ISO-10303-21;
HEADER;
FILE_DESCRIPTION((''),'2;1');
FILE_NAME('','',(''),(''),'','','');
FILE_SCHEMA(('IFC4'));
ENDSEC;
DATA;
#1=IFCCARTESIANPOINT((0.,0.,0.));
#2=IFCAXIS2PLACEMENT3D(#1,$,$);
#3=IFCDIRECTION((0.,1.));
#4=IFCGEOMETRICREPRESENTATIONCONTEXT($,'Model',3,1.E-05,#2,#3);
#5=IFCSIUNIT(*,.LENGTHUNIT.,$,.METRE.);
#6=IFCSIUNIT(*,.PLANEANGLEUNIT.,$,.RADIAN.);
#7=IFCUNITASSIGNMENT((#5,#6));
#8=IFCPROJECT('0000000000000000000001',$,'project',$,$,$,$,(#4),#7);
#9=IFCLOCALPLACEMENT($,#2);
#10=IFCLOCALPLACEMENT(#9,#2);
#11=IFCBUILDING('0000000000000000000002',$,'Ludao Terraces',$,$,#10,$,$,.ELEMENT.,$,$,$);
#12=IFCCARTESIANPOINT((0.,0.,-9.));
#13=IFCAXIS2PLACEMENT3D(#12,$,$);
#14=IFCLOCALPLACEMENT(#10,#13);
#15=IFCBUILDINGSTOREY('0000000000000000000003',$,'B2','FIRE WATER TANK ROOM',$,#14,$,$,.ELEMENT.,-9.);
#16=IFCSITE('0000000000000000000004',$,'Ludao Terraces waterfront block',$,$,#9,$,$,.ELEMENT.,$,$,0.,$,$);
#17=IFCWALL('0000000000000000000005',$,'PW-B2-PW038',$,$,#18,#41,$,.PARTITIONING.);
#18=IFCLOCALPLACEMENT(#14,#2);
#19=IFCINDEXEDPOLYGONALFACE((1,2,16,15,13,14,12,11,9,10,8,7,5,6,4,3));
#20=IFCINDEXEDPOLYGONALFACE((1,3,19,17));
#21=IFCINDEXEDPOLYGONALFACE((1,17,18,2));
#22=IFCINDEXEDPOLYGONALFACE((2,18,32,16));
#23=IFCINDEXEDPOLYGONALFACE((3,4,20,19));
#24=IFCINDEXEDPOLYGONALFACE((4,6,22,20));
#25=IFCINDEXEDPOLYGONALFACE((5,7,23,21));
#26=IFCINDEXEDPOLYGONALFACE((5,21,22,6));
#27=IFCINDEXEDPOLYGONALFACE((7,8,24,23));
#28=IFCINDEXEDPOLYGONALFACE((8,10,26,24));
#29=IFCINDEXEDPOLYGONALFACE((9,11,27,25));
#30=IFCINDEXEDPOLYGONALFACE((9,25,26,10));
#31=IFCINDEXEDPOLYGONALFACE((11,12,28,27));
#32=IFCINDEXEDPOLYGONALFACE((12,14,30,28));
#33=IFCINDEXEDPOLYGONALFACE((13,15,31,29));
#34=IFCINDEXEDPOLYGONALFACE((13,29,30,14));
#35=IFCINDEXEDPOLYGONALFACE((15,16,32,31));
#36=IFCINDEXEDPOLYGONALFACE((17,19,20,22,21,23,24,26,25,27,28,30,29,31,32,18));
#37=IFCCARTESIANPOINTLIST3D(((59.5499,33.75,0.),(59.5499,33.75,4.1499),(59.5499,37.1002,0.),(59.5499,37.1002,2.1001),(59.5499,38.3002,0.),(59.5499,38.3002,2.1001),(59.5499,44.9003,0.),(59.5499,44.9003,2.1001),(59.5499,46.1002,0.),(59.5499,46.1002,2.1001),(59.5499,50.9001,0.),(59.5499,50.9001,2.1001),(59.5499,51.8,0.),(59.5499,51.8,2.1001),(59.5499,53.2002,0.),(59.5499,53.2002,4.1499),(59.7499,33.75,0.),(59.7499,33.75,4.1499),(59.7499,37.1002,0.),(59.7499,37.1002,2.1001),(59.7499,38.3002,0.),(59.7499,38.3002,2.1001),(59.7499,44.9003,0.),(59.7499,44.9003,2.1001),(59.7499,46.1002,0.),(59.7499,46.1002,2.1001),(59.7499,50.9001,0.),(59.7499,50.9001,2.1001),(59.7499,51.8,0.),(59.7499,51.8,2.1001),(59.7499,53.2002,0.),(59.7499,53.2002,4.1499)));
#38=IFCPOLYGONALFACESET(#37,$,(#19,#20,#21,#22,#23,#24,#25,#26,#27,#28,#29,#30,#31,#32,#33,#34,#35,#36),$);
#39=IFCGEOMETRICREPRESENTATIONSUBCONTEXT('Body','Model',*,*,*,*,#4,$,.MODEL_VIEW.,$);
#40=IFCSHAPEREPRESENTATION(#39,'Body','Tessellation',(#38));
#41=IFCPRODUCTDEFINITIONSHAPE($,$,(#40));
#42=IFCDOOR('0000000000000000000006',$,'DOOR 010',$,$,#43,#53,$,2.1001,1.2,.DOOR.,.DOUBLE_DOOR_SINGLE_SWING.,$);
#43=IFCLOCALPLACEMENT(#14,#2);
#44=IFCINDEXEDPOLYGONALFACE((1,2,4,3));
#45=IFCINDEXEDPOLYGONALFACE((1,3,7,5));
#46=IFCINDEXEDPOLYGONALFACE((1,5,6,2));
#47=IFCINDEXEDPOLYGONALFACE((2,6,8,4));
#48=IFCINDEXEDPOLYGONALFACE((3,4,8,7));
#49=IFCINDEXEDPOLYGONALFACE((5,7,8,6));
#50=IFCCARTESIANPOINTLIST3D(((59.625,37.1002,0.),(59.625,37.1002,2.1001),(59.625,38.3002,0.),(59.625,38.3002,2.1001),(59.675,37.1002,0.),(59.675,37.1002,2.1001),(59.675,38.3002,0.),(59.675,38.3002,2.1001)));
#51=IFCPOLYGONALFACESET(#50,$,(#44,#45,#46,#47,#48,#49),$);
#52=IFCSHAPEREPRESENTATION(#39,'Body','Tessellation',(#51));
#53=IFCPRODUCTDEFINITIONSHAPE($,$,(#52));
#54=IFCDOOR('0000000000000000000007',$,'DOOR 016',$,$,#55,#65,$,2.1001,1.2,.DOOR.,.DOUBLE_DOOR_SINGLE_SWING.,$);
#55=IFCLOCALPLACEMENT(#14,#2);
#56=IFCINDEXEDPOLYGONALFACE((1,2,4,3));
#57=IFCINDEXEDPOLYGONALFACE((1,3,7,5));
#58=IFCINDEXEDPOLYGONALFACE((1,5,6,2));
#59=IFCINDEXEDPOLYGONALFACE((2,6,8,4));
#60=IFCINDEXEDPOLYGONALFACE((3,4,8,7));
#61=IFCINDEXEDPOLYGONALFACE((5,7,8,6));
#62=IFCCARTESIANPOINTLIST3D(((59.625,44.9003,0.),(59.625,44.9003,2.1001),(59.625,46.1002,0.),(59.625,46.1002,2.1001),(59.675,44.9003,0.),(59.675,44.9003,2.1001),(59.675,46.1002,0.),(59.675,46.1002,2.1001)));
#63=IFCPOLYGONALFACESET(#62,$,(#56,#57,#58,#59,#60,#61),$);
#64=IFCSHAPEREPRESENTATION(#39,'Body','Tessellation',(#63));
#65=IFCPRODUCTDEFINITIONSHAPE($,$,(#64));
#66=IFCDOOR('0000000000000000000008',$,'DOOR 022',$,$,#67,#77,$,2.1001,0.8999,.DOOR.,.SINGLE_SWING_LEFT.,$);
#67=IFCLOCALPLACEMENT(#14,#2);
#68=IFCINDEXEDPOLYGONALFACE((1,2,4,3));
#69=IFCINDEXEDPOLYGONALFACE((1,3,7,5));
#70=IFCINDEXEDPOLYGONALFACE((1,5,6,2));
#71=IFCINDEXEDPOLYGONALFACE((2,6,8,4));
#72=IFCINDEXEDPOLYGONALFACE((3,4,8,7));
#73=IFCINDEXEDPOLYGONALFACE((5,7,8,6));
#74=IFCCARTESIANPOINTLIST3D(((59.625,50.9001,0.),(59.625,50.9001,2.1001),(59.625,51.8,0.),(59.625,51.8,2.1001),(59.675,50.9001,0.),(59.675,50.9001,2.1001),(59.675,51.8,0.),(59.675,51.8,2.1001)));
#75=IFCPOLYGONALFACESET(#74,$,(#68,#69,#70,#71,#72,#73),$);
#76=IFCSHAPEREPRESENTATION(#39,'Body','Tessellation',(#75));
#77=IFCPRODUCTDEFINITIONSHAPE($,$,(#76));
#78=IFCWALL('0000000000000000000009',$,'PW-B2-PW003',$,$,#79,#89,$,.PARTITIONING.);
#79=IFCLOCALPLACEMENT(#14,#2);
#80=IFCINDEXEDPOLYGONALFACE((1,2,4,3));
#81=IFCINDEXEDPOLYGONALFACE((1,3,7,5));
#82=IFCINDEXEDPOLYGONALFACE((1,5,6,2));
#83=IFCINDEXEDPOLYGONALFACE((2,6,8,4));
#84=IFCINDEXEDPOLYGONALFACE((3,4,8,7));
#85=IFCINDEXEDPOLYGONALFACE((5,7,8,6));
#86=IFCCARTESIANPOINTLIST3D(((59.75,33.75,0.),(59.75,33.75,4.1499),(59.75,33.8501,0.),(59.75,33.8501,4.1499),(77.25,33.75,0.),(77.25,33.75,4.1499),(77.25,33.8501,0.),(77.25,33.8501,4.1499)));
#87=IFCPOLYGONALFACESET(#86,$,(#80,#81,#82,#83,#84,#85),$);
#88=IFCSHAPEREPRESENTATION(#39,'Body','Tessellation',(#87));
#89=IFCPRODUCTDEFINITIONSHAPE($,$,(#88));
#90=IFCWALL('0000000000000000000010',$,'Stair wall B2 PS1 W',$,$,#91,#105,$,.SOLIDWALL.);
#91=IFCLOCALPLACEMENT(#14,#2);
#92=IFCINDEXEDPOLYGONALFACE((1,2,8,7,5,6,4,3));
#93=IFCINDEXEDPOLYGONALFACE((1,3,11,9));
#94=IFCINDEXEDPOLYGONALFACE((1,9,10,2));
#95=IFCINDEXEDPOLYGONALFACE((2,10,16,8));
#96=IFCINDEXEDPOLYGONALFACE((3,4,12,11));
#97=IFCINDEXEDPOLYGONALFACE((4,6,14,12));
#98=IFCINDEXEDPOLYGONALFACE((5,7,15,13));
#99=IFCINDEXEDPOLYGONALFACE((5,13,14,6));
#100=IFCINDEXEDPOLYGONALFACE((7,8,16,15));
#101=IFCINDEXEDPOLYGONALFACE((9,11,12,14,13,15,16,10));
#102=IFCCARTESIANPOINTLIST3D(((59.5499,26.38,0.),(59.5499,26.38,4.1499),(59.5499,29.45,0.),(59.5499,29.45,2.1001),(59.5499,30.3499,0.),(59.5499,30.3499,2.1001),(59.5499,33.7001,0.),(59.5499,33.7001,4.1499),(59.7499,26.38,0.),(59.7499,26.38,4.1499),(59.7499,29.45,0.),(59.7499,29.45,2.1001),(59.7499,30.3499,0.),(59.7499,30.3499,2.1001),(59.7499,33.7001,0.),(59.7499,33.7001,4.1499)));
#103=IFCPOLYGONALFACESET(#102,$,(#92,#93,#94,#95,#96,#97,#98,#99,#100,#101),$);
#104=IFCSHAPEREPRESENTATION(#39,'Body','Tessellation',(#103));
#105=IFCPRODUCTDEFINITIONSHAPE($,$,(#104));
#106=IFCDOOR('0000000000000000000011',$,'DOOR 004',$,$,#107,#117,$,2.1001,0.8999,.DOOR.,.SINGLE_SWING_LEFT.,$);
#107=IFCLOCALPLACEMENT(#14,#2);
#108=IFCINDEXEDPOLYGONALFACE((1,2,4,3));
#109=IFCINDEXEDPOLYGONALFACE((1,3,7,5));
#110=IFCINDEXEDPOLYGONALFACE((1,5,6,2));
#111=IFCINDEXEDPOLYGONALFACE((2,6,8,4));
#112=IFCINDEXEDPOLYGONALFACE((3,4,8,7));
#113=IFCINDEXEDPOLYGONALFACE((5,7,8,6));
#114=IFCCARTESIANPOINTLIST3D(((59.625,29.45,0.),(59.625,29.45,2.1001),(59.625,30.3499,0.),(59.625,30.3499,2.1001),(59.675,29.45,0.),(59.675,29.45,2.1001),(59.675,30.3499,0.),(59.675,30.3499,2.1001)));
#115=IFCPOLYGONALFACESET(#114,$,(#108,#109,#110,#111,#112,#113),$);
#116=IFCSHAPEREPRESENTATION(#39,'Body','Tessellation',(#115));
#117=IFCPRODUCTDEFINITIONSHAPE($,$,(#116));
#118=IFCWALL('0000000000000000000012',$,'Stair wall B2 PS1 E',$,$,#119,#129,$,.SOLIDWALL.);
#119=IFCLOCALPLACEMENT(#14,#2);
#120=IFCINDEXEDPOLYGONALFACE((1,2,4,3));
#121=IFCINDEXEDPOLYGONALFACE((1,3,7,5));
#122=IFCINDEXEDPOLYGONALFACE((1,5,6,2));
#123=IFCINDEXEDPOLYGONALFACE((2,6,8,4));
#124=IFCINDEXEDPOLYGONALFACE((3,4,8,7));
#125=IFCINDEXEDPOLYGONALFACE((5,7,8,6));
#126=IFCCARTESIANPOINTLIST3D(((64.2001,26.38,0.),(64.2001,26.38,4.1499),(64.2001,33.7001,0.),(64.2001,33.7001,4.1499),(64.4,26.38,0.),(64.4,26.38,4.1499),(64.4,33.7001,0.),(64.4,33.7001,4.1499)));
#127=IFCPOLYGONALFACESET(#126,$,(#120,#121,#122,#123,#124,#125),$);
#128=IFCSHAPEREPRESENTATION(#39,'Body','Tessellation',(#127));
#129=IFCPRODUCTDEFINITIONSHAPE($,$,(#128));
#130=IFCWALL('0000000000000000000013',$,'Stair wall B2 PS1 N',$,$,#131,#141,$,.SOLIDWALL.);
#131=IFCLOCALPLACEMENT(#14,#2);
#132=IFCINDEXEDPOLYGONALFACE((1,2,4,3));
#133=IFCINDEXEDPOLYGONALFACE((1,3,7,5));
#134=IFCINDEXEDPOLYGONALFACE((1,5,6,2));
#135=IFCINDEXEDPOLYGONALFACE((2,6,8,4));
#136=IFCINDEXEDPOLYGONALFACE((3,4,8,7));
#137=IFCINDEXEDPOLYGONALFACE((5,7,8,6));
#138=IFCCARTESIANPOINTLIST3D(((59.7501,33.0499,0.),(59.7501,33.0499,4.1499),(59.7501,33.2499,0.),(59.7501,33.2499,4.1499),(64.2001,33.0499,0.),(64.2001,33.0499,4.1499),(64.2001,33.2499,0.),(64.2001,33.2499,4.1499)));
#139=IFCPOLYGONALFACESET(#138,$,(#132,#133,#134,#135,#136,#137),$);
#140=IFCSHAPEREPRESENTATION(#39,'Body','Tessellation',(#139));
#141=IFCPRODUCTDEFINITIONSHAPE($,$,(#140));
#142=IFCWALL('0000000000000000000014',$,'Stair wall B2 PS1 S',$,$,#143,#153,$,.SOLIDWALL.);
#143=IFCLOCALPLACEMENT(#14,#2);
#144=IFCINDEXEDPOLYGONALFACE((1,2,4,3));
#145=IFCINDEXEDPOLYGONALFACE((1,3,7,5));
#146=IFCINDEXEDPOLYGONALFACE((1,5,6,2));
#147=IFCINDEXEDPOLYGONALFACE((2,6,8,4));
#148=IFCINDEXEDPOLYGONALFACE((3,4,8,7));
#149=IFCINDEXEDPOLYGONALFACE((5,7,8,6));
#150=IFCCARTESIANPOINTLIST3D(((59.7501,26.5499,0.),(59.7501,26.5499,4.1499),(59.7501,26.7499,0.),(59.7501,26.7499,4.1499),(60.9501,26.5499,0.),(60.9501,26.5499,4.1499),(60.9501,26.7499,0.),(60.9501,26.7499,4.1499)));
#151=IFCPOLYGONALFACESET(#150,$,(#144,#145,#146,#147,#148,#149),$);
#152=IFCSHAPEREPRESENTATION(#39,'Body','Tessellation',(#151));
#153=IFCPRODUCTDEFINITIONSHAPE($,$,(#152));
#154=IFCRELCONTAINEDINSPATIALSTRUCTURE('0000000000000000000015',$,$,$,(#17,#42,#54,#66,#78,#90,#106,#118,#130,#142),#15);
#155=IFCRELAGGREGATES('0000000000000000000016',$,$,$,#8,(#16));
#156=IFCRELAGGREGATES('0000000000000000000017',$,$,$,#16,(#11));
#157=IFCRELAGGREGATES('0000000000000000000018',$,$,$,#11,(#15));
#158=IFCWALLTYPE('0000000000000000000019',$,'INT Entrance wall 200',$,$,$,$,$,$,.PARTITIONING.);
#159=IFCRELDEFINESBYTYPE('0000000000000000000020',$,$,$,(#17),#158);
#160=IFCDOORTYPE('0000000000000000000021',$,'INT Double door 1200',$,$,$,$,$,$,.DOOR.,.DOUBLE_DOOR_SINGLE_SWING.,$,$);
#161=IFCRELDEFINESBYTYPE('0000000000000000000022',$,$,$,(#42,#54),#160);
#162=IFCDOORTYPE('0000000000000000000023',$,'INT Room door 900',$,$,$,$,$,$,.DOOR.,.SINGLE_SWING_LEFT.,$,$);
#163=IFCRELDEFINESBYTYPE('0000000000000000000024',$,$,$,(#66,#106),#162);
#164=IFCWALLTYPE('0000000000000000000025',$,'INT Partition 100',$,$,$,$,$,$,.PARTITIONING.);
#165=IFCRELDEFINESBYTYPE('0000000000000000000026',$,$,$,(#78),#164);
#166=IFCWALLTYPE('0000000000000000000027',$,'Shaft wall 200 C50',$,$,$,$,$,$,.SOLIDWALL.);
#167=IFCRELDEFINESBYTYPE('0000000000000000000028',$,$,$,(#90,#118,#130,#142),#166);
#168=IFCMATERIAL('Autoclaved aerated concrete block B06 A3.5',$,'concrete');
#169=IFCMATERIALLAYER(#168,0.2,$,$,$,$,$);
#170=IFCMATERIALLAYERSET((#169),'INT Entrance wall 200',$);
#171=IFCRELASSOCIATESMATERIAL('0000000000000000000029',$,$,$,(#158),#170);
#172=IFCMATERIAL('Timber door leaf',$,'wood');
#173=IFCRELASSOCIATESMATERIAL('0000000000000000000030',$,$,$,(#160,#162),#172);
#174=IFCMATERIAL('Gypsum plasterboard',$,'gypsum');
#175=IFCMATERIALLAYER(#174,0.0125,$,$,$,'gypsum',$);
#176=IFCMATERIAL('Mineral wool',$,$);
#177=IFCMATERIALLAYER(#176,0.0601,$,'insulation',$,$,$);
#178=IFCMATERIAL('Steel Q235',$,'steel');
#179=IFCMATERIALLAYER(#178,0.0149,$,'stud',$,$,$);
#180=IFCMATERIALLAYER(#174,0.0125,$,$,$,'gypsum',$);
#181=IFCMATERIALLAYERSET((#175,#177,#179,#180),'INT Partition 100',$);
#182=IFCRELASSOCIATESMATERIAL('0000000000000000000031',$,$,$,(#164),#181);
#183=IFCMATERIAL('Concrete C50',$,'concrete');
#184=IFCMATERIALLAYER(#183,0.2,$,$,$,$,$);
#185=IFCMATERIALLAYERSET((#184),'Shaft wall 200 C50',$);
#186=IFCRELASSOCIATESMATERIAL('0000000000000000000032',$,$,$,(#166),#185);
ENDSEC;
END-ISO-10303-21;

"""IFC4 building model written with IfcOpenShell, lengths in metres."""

from ifc_helpers import new_model, si_unit, direction, frame, frame_2d, origin, place, context, subcontext, project, spatial, rectangle, extrude, material, layer, layer_set, type_object, element, fill, save


model = new_model("IFC4")

# Units and contexts
model_context = context("Model", 3, precision=1e-05, world=origin(), true_north=direction((0.0, 1.0)))
body_context = subcontext(model_context, "Body", "Model", "MODEL_VIEW")
ifc_project = project(units=[si_unit("LENGTHUNIT", "METRE"), si_unit("PLANEANGLEUNIT", "RADIAN")], contexts=[model_context])

# Site, building, storey
site_placement = place(None, origin())
site = spatial("IfcSite", under=ifc_project, at=site_placement, Name="Ludao Terraces waterfront block", CompositionType="ELEMENT", RefElevation=0.0)
building_placement = place(site_placement, origin())
building = spatial("IfcBuilding", under=site, at=building_placement, Name="Ludao Terraces", CompositionType="ELEMENT")
storey_placement = place(building_placement, frame((0.0, 0.0, -9.0)))
storey = spatial("IfcBuildingStorey", under=building, at=storey_placement, Name="B2", Description="FIRE WATER TANK ROOM", CompositionType="ELEMENT", Elevation=-9.0)

# Wall, openings, doors
ifc_material_1 = material(Name="Autoclaved aerated concrete block B06 A3.5", Category="concrete")
ifc_layer_1 = layer(ifc_material_1, 0.2)
ifc_layer_set_1 = layer_set([ifc_layer_1], Name="INT Entrance wall 200")
wall_type_1 = type_object("IfcWallType", Name="INT Entrance wall 200", PredefinedType="PARTITIONING", material=ifc_layer_set_1)
wall_1_placement = place(storey_placement, frame((59.6499, 33.75, 0.0), z_axis=(0.0, 0.0, 1.0), x_axis=(0.0, 1.0, 0.0)))
wall_1 = element("IfcWall", 1, at=wall_1_placement, inside=storey, type_object=wall_type_1, Name="PW-B2-PW038", PredefinedType="PARTITIONING", context=body_context, shape_type="SweptSolid", body=[
    extrude(rectangle(XDim=19.4502, YDim=0.2, at=frame_2d((9.7251, 0.0))), origin(), (0.0, 0.0, 1.0), 4.1499),
])
opening_1_placement = place(wall_1_placement, frame((3.3501, 0.0, 0.0)))
opening_1 = element("IfcOpeningElement", 2, at=opening_1_placement, cuts=wall_1, PredefinedType="OPENING", context=body_context, shape_type="SweptSolid", body=[
    extrude(rectangle(XDim=1.2, YDim=2.1001, at=frame_2d((0.6001, 1.05))), frame((0.0, 0.1099, 0.0), z_axis=(0.0, -1.0, 0.0), x_axis=(1.0, 0.0, 0.0)), (0.0, 0.0, 1.0), 0.22),
])
opening_2_placement = place(wall_1_placement, frame((11.1501, 0.0, 0.0)))
opening_2 = element("IfcOpeningElement", 3, at=opening_2_placement, cuts=wall_1, PredefinedType="OPENING", context=body_context, shape_type="SweptSolid", body=[
    extrude(rectangle(XDim=1.2, YDim=2.1001, at=frame_2d((0.6001, 1.05))), frame((0.0, 0.1099, 0.0), z_axis=(0.0, -1.0, 0.0), x_axis=(1.0, 0.0, 0.0)), (0.0, 0.0, 1.0), 0.22),
])
opening_3_placement = place(wall_1_placement, frame((17.1501, 0.0, 0.0)))
opening_3 = element("IfcOpeningElement", 4, at=opening_3_placement, cuts=wall_1, PredefinedType="OPENING", context=body_context, shape_type="SweptSolid", body=[
    extrude(rectangle(XDim=0.8999, YDim=2.1001, at=frame_2d((0.45, 1.05))), frame((0.0, 0.1099, 0.0), z_axis=(0.0, -1.0, 0.0), x_axis=(1.0, 0.0, 0.0)), (0.0, 0.0, 1.0), 0.22),
])
ifc_material_2 = material(Name="Timber door leaf", Category="wood")
door_type_1 = type_object("IfcDoorType", Name="INT Double door 1200", OperationType="DOUBLE_DOOR_SINGLE_SWING", PredefinedType="DOOR", material=ifc_material_2)
door_1_placement = place(opening_1_placement, origin())
door_1 = element("IfcDoor", 5, at=door_1_placement, inside=storey, type_object=door_type_1, Name="DOOR 010", OperationType="DOUBLE_DOOR_SINGLE_SWING", OverallHeight=2.1001, OverallWidth=1.2, PredefinedType="DOOR", context=body_context, shape_type="SweptSolid", body=[
    extrude(rectangle(XDim=1.2, YDim=2.1001, at=frame_2d((0.6001, 1.05))), frame((0.0, 0.0249, 0.0), z_axis=(0.0, -1.0, 0.0), x_axis=(1.0, 0.0, 0.0)), (0.0, 0.0, 1.0), 0.05),
])
fill(opening_1, door_1)
door_2_placement = place(opening_2_placement, origin())
door_2 = element("IfcDoor", 6, at=door_2_placement, inside=storey, type_object=door_type_1, Name="DOOR 016", OperationType="DOUBLE_DOOR_SINGLE_SWING", OverallHeight=2.1001, OverallWidth=1.2, PredefinedType="DOOR", context=body_context, shape_type="SweptSolid", body=[
    extrude(rectangle(XDim=1.2, YDim=2.1001, at=frame_2d((0.6001, 1.05))), frame((0.0, 0.0249, 0.0), z_axis=(0.0, -1.0, 0.0), x_axis=(1.0, 0.0, 0.0)), (0.0, 0.0, 1.0), 0.05),
])
fill(opening_2, door_2)
door_type_2 = type_object("IfcDoorType", Name="INT Room door 900", OperationType="SINGLE_SWING_LEFT", PredefinedType="DOOR", material=ifc_material_2)
door_3_placement = place(opening_3_placement, origin())
door_3 = element("IfcDoor", 7, at=door_3_placement, inside=storey, type_object=door_type_2, Name="DOOR 022", OperationType="SINGLE_SWING_LEFT", OverallHeight=2.1001, OverallWidth=0.8999, PredefinedType="DOOR", context=body_context, shape_type="SweptSolid", body=[
    extrude(rectangle(XDim=0.8999, YDim=2.1001, at=frame_2d((0.45, 1.05))), frame((0.0, 0.0249, 0.0), z_axis=(0.0, -1.0, 0.0), x_axis=(1.0, 0.0, 0.0)), (0.0, 0.0, 1.0), 0.05),
])
fill(opening_3, door_3)

# Wall
ifc_material_3 = material(Name="Gypsum plasterboard", Category="gypsum")
ifc_layer_2 = layer(ifc_material_3, 0.0125, Category="gypsum")
ifc_material_4 = material(Name="Mineral wool")
ifc_layer_3 = layer(ifc_material_4, 0.0601, Name="insulation")
ifc_material_5 = material(Name="Steel Q235", Category="steel")
ifc_layer_4 = layer(ifc_material_5, 0.0149, Name="stud")
ifc_layer_5 = layer(ifc_material_3, 0.0125, Category="gypsum")
ifc_layer_set_2 = layer_set([ifc_layer_2, ifc_layer_3, ifc_layer_4, ifc_layer_5], Name="INT Partition 100")
wall_type_2 = type_object("IfcWallType", Name="INT Partition 100", PredefinedType="PARTITIONING", material=ifc_layer_set_2)
wall_2_placement = place(storey_placement, frame((59.75, 33.8, 0.0), z_axis=(0.0, 0.0, 1.0), x_axis=(1.0, 0.0, 0.0)))
element("IfcWall", 8, at=wall_2_placement, inside=storey, type_object=wall_type_2, Name="PW-B2-PW003", PredefinedType="PARTITIONING", context=body_context, shape_type="SweptSolid", body=[
    extrude(rectangle(XDim=17.5, YDim=0.1001, at=frame_2d((8.75, 0.0))), origin(), (0.0, 0.0, 1.0), 4.1499),
])

# Wall, opening, door
ifc_material_6 = material(Name="Concrete C50", Category="concrete")
ifc_layer_6 = layer(ifc_material_6, 0.2)
ifc_layer_set_3 = layer_set([ifc_layer_6], Name="Shaft wall 200 C50")
wall_type_3 = type_object("IfcWallType", Name="Shaft wall 200 C50", PredefinedType="SOLIDWALL", material=ifc_layer_set_3)
wall_3_placement = place(storey_placement, frame((59.6499, 26.3799, 0.0), z_axis=(0.0, 0.0, 1.0), x_axis=(0.0, 1.0, 0.0)))
wall_3 = element("IfcWall", 9, at=wall_3_placement, inside=storey, type_object=wall_type_3, Name="Stair wall B2 PS1 W", PredefinedType="SOLIDWALL", context=body_context, shape_type="SweptSolid", body=[
    extrude(rectangle(XDim=7.3201, YDim=0.2, at=frame_2d((3.6602, 0.0))), origin(), (0.0, 0.0, 1.0), 4.1499),
])
opening_4_placement = place(wall_3_placement, frame((3.0701, 0.0, 0.0)))
opening_4 = element("IfcOpeningElement", 10, at=opening_4_placement, cuts=wall_3, PredefinedType="OPENING", context=body_context, shape_type="SweptSolid", body=[
    extrude(rectangle(XDim=0.8999, YDim=2.1001, at=frame_2d((0.45, 1.05))), frame((0.0, 0.1099, 0.0), z_axis=(0.0, -1.0, 0.0), x_axis=(1.0, 0.0, 0.0)), (0.0, 0.0, 1.0), 0.22),
])
door_4_placement = place(opening_4_placement, origin())
door_4 = element("IfcDoor", 11, at=door_4_placement, inside=storey, type_object=door_type_2, Name="DOOR 004", OperationType="SINGLE_SWING_LEFT", OverallHeight=2.1001, OverallWidth=0.8999, PredefinedType="DOOR", context=body_context, shape_type="SweptSolid", body=[
    extrude(rectangle(XDim=0.8999, YDim=2.1001, at=frame_2d((0.45, 1.05))), frame((0.0, 0.0249, 0.0), z_axis=(0.0, -1.0, 0.0), x_axis=(1.0, 0.0, 0.0)), (0.0, 0.0, 1.0), 0.05),
])
fill(opening_4, door_4)

# Walls
wall_4_placement = place(storey_placement, frame((64.3, 26.3799, 0.0), z_axis=(0.0, 0.0, 1.0), x_axis=(0.0, 1.0, 0.0)))
element("IfcWall", 12, at=wall_4_placement, inside=storey, type_object=wall_type_3, Name="Stair wall B2 PS1 E", PredefinedType="SOLIDWALL", context=body_context, shape_type="SweptSolid", body=[
    extrude(rectangle(XDim=7.3201, YDim=0.2, at=frame_2d((3.6602, 0.0))), origin(), (0.0, 0.0, 1.0), 4.1499),
])
wall_5_placement = place(storey_placement, frame((59.75, 33.1499, 0.0), z_axis=(0.0, 0.0, 1.0), x_axis=(1.0, 0.0, 0.0)))
element("IfcWall", 13, at=wall_5_placement, inside=storey, type_object=wall_type_3, Name="Stair wall B2 PS1 N", PredefinedType="SOLIDWALL", context=body_context, shape_type="SweptSolid", body=[
    extrude(rectangle(XDim=4.45, YDim=0.2, at=frame_2d((2.2251, 0.0))), origin(), (0.0, 0.0, 1.0), 4.1499),
])
wall_6_placement = place(storey_placement, frame((59.75, 26.6499, 0.0), z_axis=(0.0, 0.0, 1.0), x_axis=(1.0, 0.0, 0.0)))
element("IfcWall", 14, at=wall_6_placement, inside=storey, type_object=wall_type_3, Name="Stair wall B2 PS1 S", PredefinedType="SOLIDWALL", context=body_context, shape_type="SweptSolid", body=[
    extrude(rectangle(XDim=1.2, YDim=0.2, at=frame_2d((0.6001, 0.0))), origin(), (0.0, 0.0, 1.0), 4.1499),
])

save(model, "model.ifc")
